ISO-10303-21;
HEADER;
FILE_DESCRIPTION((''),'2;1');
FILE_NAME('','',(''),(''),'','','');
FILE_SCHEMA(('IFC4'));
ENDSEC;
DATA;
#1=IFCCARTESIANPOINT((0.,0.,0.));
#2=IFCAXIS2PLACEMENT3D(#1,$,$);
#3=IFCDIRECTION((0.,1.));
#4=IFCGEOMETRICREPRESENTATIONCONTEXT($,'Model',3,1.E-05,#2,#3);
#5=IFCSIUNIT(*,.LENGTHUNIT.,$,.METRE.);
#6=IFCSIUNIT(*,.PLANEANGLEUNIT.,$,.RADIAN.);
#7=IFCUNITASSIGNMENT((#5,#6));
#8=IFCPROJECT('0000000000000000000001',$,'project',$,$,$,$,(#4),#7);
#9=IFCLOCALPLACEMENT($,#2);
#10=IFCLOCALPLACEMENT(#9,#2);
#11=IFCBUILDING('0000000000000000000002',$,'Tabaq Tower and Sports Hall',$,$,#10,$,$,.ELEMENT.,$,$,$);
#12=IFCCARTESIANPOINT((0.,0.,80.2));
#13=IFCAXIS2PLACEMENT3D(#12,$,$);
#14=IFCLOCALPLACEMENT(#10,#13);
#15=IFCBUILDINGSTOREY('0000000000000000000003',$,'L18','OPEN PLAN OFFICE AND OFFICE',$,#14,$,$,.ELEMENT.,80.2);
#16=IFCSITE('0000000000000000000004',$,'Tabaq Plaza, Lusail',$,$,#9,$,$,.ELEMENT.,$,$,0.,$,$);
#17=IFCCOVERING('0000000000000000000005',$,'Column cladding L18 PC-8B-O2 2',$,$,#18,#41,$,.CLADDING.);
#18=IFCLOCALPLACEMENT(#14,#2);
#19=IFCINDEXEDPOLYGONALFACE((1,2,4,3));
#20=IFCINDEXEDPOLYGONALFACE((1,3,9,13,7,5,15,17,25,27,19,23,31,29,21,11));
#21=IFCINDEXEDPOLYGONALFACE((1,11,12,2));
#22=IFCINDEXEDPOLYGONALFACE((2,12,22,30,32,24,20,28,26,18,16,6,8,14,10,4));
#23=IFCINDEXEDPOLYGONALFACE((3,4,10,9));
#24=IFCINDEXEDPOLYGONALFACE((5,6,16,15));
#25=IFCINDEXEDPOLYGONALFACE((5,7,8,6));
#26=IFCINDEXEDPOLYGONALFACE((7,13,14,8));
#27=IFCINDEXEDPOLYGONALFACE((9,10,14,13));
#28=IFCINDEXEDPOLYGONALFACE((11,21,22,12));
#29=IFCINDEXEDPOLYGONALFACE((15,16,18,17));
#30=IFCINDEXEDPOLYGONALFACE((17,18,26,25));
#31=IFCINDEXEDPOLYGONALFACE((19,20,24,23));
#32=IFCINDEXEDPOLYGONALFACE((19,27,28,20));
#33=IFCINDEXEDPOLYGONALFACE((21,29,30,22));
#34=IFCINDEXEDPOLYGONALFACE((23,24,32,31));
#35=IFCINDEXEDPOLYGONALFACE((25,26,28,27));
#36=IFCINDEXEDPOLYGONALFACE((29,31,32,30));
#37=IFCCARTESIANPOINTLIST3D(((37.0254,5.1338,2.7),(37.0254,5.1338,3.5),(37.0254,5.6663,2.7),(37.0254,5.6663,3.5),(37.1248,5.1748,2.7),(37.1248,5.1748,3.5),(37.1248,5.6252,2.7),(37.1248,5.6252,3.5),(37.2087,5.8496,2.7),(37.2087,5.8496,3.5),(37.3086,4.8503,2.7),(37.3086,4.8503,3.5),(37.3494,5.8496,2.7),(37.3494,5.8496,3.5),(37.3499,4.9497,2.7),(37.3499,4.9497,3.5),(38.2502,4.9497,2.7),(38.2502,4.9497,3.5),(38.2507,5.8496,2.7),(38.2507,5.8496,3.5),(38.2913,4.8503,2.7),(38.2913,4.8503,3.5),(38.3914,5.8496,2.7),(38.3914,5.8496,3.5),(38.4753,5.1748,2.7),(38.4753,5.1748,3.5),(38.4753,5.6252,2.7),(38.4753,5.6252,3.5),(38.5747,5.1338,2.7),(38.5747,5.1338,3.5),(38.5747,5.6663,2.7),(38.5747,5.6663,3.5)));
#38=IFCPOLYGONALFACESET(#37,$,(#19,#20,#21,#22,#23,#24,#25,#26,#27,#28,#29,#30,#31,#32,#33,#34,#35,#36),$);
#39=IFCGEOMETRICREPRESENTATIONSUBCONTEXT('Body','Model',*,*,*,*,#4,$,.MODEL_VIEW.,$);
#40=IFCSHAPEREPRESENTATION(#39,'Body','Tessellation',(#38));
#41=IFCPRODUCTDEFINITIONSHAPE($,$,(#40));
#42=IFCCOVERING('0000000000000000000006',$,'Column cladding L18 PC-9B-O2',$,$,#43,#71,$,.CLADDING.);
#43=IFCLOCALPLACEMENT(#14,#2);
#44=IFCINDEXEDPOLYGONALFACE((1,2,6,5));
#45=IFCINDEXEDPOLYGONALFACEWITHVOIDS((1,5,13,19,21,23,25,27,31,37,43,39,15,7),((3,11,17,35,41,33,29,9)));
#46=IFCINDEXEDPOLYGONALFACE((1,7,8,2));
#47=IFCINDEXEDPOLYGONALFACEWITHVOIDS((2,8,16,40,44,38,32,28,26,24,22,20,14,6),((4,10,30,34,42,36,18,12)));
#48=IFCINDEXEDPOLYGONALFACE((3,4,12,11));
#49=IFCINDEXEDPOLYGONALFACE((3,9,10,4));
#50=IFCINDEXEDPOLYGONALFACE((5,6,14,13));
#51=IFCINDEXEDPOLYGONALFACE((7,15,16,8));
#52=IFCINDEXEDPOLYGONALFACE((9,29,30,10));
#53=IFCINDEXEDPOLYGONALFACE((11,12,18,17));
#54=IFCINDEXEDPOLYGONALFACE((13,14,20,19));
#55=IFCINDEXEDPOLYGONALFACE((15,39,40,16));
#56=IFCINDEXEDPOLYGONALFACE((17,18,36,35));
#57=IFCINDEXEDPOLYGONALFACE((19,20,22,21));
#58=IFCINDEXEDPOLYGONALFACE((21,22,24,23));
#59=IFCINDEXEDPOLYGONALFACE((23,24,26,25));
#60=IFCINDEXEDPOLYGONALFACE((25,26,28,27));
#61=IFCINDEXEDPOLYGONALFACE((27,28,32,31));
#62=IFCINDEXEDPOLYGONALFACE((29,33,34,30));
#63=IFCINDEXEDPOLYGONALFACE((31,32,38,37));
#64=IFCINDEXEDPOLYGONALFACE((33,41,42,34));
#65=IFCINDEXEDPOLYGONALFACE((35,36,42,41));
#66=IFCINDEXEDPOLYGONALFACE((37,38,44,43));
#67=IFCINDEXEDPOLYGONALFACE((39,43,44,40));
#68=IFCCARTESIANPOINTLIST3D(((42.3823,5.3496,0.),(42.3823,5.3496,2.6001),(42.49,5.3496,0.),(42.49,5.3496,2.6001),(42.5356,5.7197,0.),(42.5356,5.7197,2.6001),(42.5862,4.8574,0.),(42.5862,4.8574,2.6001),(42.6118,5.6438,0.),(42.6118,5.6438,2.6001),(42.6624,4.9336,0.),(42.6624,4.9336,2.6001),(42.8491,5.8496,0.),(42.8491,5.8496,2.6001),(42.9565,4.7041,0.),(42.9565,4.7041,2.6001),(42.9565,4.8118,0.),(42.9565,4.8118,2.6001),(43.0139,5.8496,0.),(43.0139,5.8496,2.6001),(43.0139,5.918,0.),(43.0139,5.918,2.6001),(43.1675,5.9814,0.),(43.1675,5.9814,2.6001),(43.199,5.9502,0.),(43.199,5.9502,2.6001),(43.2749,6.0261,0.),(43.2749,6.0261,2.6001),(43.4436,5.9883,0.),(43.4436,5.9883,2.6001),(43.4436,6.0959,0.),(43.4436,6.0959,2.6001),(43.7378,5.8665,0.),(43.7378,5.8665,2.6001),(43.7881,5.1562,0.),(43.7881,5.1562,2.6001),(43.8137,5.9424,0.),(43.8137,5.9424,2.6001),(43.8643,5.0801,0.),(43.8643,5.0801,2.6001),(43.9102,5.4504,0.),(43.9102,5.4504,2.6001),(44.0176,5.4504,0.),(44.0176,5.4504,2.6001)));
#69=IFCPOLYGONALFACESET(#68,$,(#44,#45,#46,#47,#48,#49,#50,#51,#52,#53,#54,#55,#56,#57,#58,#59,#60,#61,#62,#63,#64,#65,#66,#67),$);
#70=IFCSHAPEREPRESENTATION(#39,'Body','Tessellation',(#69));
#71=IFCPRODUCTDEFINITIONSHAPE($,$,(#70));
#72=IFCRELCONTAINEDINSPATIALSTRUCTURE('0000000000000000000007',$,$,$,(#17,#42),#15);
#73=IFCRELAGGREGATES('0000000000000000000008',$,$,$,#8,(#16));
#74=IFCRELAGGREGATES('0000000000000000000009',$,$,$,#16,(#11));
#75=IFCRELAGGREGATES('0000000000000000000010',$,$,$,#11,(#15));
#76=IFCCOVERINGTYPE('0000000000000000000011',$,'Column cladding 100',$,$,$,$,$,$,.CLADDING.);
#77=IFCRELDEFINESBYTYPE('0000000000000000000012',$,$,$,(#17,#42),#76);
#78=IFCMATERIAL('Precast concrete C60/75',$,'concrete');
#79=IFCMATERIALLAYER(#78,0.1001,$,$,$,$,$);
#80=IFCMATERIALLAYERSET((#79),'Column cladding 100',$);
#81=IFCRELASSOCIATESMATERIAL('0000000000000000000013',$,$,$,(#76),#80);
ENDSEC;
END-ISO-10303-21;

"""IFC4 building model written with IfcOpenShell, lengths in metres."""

from ifc_helpers import new_model, si_unit, direction, frame, origin, place, context, subcontext, project, spatial, polyline, outline, extrude, material, layer, layer_set, type_object, element, save


model = new_model("IFC4")

# Units and contexts
model_context = context("Model", 3, precision=1e-05, world=origin(), true_north=direction((0.0, 1.0)))
body_context = subcontext(model_context, "Body", "Model", "MODEL_VIEW")
ifc_project = project(units=[si_unit("LENGTHUNIT", "METRE"), si_unit("PLANEANGLEUNIT", "RADIAN")], contexts=[model_context])

# Site, building, storey
site_placement = place(None, origin())
site = spatial("IfcSite", under=ifc_project, at=site_placement, Name="Tabaq Plaza, Lusail", CompositionType="ELEMENT", RefElevation=0.0)
building_placement = place(site_placement, origin())
building = spatial("IfcBuilding", under=site, at=building_placement, Name="Tabaq Tower and Sports Hall", CompositionType="ELEMENT")
storey_placement = place(building_placement, frame((0.0, 0.0, 80.2)))
storey = spatial("IfcBuildingStorey", under=building, at=storey_placement, Name="L18", Description="OPEN PLAN OFFICE AND OFFICE", CompositionType="ELEMENT", Elevation=80.2)

# Coverings
ifc_material_1 = material(Name="Precast concrete C60/75", Category="concrete")
ifc_layer_1 = layer(ifc_material_1, 0.1001)
ifc_layer_set_1 = layer_set([ifc_layer_1], Name="Column cladding 100")
covering_type = type_object("IfcCoveringType", Name="Column cladding 100", PredefinedType="CLADDING", material=ifc_layer_set_1)
covering_1_placement = place(storey_placement, frame((0.0, 0.0, 2.7)))
element("IfcCovering", 1, at=covering_1_placement, inside=storey, type_object=covering_type, Name="Column cladding L18 PC-8B-O2 2", PredefinedType="CLADDING", context=body_context, shape_type="SweptSolid", body=[
    extrude(outline(polyline([(37.0254, 5.6663), (37.2087, 5.8496), (37.3494, 5.8496), (37.1248, 5.6252), (37.1248, 5.1748), (37.3499, 4.9497), (38.2502, 4.9497), (38.4753, 5.1748), (38.4753, 5.6252), (38.2507, 5.8496), (38.3914, 5.8496), (38.5747, 5.6663), (38.5747, 5.1338), (38.2913, 4.8503), (37.3086, 4.8503), (37.0254, 5.1338), (37.0254, 5.6663)])), origin(), (0.0, 0.0, 1.0), 0.8),
])
covering_2_placement = place(storey_placement, origin())
element("IfcCovering", 2, at=covering_2_placement, inside=storey, type_object=covering_type, Name="Column cladding L18 PC-9B-O2", PredefinedType="CLADDING", context=body_context, shape_type="SweptSolid", body=[
    extrude(outline(polyline([(42.3823, 5.3496), (42.5356, 5.7197), (42.8491, 5.8496), (43.0139, 5.8496), (43.0139, 5.918), (43.1675, 5.9814), (43.199, 5.9502), (43.2749, 6.0261), (43.4436, 6.0959), (43.8137, 5.9424), (44.0176, 5.4504), (43.8643, 5.0801), (42.9565, 4.7041), (42.5862, 4.8574), (42.3823, 5.3496)]), holes=[polyline([(43.9102, 5.4504), (43.7378, 5.8665), (43.4436, 5.9883), (42.6118, 5.6438), (42.49, 5.3496), (42.6624, 4.9336), (42.9565, 4.8118), (43.7881, 5.1562), (43.9102, 5.4504)])]), origin(), (0.0, 0.0, 1.0), 2.6001),
])

save(model, "model.ifc")
